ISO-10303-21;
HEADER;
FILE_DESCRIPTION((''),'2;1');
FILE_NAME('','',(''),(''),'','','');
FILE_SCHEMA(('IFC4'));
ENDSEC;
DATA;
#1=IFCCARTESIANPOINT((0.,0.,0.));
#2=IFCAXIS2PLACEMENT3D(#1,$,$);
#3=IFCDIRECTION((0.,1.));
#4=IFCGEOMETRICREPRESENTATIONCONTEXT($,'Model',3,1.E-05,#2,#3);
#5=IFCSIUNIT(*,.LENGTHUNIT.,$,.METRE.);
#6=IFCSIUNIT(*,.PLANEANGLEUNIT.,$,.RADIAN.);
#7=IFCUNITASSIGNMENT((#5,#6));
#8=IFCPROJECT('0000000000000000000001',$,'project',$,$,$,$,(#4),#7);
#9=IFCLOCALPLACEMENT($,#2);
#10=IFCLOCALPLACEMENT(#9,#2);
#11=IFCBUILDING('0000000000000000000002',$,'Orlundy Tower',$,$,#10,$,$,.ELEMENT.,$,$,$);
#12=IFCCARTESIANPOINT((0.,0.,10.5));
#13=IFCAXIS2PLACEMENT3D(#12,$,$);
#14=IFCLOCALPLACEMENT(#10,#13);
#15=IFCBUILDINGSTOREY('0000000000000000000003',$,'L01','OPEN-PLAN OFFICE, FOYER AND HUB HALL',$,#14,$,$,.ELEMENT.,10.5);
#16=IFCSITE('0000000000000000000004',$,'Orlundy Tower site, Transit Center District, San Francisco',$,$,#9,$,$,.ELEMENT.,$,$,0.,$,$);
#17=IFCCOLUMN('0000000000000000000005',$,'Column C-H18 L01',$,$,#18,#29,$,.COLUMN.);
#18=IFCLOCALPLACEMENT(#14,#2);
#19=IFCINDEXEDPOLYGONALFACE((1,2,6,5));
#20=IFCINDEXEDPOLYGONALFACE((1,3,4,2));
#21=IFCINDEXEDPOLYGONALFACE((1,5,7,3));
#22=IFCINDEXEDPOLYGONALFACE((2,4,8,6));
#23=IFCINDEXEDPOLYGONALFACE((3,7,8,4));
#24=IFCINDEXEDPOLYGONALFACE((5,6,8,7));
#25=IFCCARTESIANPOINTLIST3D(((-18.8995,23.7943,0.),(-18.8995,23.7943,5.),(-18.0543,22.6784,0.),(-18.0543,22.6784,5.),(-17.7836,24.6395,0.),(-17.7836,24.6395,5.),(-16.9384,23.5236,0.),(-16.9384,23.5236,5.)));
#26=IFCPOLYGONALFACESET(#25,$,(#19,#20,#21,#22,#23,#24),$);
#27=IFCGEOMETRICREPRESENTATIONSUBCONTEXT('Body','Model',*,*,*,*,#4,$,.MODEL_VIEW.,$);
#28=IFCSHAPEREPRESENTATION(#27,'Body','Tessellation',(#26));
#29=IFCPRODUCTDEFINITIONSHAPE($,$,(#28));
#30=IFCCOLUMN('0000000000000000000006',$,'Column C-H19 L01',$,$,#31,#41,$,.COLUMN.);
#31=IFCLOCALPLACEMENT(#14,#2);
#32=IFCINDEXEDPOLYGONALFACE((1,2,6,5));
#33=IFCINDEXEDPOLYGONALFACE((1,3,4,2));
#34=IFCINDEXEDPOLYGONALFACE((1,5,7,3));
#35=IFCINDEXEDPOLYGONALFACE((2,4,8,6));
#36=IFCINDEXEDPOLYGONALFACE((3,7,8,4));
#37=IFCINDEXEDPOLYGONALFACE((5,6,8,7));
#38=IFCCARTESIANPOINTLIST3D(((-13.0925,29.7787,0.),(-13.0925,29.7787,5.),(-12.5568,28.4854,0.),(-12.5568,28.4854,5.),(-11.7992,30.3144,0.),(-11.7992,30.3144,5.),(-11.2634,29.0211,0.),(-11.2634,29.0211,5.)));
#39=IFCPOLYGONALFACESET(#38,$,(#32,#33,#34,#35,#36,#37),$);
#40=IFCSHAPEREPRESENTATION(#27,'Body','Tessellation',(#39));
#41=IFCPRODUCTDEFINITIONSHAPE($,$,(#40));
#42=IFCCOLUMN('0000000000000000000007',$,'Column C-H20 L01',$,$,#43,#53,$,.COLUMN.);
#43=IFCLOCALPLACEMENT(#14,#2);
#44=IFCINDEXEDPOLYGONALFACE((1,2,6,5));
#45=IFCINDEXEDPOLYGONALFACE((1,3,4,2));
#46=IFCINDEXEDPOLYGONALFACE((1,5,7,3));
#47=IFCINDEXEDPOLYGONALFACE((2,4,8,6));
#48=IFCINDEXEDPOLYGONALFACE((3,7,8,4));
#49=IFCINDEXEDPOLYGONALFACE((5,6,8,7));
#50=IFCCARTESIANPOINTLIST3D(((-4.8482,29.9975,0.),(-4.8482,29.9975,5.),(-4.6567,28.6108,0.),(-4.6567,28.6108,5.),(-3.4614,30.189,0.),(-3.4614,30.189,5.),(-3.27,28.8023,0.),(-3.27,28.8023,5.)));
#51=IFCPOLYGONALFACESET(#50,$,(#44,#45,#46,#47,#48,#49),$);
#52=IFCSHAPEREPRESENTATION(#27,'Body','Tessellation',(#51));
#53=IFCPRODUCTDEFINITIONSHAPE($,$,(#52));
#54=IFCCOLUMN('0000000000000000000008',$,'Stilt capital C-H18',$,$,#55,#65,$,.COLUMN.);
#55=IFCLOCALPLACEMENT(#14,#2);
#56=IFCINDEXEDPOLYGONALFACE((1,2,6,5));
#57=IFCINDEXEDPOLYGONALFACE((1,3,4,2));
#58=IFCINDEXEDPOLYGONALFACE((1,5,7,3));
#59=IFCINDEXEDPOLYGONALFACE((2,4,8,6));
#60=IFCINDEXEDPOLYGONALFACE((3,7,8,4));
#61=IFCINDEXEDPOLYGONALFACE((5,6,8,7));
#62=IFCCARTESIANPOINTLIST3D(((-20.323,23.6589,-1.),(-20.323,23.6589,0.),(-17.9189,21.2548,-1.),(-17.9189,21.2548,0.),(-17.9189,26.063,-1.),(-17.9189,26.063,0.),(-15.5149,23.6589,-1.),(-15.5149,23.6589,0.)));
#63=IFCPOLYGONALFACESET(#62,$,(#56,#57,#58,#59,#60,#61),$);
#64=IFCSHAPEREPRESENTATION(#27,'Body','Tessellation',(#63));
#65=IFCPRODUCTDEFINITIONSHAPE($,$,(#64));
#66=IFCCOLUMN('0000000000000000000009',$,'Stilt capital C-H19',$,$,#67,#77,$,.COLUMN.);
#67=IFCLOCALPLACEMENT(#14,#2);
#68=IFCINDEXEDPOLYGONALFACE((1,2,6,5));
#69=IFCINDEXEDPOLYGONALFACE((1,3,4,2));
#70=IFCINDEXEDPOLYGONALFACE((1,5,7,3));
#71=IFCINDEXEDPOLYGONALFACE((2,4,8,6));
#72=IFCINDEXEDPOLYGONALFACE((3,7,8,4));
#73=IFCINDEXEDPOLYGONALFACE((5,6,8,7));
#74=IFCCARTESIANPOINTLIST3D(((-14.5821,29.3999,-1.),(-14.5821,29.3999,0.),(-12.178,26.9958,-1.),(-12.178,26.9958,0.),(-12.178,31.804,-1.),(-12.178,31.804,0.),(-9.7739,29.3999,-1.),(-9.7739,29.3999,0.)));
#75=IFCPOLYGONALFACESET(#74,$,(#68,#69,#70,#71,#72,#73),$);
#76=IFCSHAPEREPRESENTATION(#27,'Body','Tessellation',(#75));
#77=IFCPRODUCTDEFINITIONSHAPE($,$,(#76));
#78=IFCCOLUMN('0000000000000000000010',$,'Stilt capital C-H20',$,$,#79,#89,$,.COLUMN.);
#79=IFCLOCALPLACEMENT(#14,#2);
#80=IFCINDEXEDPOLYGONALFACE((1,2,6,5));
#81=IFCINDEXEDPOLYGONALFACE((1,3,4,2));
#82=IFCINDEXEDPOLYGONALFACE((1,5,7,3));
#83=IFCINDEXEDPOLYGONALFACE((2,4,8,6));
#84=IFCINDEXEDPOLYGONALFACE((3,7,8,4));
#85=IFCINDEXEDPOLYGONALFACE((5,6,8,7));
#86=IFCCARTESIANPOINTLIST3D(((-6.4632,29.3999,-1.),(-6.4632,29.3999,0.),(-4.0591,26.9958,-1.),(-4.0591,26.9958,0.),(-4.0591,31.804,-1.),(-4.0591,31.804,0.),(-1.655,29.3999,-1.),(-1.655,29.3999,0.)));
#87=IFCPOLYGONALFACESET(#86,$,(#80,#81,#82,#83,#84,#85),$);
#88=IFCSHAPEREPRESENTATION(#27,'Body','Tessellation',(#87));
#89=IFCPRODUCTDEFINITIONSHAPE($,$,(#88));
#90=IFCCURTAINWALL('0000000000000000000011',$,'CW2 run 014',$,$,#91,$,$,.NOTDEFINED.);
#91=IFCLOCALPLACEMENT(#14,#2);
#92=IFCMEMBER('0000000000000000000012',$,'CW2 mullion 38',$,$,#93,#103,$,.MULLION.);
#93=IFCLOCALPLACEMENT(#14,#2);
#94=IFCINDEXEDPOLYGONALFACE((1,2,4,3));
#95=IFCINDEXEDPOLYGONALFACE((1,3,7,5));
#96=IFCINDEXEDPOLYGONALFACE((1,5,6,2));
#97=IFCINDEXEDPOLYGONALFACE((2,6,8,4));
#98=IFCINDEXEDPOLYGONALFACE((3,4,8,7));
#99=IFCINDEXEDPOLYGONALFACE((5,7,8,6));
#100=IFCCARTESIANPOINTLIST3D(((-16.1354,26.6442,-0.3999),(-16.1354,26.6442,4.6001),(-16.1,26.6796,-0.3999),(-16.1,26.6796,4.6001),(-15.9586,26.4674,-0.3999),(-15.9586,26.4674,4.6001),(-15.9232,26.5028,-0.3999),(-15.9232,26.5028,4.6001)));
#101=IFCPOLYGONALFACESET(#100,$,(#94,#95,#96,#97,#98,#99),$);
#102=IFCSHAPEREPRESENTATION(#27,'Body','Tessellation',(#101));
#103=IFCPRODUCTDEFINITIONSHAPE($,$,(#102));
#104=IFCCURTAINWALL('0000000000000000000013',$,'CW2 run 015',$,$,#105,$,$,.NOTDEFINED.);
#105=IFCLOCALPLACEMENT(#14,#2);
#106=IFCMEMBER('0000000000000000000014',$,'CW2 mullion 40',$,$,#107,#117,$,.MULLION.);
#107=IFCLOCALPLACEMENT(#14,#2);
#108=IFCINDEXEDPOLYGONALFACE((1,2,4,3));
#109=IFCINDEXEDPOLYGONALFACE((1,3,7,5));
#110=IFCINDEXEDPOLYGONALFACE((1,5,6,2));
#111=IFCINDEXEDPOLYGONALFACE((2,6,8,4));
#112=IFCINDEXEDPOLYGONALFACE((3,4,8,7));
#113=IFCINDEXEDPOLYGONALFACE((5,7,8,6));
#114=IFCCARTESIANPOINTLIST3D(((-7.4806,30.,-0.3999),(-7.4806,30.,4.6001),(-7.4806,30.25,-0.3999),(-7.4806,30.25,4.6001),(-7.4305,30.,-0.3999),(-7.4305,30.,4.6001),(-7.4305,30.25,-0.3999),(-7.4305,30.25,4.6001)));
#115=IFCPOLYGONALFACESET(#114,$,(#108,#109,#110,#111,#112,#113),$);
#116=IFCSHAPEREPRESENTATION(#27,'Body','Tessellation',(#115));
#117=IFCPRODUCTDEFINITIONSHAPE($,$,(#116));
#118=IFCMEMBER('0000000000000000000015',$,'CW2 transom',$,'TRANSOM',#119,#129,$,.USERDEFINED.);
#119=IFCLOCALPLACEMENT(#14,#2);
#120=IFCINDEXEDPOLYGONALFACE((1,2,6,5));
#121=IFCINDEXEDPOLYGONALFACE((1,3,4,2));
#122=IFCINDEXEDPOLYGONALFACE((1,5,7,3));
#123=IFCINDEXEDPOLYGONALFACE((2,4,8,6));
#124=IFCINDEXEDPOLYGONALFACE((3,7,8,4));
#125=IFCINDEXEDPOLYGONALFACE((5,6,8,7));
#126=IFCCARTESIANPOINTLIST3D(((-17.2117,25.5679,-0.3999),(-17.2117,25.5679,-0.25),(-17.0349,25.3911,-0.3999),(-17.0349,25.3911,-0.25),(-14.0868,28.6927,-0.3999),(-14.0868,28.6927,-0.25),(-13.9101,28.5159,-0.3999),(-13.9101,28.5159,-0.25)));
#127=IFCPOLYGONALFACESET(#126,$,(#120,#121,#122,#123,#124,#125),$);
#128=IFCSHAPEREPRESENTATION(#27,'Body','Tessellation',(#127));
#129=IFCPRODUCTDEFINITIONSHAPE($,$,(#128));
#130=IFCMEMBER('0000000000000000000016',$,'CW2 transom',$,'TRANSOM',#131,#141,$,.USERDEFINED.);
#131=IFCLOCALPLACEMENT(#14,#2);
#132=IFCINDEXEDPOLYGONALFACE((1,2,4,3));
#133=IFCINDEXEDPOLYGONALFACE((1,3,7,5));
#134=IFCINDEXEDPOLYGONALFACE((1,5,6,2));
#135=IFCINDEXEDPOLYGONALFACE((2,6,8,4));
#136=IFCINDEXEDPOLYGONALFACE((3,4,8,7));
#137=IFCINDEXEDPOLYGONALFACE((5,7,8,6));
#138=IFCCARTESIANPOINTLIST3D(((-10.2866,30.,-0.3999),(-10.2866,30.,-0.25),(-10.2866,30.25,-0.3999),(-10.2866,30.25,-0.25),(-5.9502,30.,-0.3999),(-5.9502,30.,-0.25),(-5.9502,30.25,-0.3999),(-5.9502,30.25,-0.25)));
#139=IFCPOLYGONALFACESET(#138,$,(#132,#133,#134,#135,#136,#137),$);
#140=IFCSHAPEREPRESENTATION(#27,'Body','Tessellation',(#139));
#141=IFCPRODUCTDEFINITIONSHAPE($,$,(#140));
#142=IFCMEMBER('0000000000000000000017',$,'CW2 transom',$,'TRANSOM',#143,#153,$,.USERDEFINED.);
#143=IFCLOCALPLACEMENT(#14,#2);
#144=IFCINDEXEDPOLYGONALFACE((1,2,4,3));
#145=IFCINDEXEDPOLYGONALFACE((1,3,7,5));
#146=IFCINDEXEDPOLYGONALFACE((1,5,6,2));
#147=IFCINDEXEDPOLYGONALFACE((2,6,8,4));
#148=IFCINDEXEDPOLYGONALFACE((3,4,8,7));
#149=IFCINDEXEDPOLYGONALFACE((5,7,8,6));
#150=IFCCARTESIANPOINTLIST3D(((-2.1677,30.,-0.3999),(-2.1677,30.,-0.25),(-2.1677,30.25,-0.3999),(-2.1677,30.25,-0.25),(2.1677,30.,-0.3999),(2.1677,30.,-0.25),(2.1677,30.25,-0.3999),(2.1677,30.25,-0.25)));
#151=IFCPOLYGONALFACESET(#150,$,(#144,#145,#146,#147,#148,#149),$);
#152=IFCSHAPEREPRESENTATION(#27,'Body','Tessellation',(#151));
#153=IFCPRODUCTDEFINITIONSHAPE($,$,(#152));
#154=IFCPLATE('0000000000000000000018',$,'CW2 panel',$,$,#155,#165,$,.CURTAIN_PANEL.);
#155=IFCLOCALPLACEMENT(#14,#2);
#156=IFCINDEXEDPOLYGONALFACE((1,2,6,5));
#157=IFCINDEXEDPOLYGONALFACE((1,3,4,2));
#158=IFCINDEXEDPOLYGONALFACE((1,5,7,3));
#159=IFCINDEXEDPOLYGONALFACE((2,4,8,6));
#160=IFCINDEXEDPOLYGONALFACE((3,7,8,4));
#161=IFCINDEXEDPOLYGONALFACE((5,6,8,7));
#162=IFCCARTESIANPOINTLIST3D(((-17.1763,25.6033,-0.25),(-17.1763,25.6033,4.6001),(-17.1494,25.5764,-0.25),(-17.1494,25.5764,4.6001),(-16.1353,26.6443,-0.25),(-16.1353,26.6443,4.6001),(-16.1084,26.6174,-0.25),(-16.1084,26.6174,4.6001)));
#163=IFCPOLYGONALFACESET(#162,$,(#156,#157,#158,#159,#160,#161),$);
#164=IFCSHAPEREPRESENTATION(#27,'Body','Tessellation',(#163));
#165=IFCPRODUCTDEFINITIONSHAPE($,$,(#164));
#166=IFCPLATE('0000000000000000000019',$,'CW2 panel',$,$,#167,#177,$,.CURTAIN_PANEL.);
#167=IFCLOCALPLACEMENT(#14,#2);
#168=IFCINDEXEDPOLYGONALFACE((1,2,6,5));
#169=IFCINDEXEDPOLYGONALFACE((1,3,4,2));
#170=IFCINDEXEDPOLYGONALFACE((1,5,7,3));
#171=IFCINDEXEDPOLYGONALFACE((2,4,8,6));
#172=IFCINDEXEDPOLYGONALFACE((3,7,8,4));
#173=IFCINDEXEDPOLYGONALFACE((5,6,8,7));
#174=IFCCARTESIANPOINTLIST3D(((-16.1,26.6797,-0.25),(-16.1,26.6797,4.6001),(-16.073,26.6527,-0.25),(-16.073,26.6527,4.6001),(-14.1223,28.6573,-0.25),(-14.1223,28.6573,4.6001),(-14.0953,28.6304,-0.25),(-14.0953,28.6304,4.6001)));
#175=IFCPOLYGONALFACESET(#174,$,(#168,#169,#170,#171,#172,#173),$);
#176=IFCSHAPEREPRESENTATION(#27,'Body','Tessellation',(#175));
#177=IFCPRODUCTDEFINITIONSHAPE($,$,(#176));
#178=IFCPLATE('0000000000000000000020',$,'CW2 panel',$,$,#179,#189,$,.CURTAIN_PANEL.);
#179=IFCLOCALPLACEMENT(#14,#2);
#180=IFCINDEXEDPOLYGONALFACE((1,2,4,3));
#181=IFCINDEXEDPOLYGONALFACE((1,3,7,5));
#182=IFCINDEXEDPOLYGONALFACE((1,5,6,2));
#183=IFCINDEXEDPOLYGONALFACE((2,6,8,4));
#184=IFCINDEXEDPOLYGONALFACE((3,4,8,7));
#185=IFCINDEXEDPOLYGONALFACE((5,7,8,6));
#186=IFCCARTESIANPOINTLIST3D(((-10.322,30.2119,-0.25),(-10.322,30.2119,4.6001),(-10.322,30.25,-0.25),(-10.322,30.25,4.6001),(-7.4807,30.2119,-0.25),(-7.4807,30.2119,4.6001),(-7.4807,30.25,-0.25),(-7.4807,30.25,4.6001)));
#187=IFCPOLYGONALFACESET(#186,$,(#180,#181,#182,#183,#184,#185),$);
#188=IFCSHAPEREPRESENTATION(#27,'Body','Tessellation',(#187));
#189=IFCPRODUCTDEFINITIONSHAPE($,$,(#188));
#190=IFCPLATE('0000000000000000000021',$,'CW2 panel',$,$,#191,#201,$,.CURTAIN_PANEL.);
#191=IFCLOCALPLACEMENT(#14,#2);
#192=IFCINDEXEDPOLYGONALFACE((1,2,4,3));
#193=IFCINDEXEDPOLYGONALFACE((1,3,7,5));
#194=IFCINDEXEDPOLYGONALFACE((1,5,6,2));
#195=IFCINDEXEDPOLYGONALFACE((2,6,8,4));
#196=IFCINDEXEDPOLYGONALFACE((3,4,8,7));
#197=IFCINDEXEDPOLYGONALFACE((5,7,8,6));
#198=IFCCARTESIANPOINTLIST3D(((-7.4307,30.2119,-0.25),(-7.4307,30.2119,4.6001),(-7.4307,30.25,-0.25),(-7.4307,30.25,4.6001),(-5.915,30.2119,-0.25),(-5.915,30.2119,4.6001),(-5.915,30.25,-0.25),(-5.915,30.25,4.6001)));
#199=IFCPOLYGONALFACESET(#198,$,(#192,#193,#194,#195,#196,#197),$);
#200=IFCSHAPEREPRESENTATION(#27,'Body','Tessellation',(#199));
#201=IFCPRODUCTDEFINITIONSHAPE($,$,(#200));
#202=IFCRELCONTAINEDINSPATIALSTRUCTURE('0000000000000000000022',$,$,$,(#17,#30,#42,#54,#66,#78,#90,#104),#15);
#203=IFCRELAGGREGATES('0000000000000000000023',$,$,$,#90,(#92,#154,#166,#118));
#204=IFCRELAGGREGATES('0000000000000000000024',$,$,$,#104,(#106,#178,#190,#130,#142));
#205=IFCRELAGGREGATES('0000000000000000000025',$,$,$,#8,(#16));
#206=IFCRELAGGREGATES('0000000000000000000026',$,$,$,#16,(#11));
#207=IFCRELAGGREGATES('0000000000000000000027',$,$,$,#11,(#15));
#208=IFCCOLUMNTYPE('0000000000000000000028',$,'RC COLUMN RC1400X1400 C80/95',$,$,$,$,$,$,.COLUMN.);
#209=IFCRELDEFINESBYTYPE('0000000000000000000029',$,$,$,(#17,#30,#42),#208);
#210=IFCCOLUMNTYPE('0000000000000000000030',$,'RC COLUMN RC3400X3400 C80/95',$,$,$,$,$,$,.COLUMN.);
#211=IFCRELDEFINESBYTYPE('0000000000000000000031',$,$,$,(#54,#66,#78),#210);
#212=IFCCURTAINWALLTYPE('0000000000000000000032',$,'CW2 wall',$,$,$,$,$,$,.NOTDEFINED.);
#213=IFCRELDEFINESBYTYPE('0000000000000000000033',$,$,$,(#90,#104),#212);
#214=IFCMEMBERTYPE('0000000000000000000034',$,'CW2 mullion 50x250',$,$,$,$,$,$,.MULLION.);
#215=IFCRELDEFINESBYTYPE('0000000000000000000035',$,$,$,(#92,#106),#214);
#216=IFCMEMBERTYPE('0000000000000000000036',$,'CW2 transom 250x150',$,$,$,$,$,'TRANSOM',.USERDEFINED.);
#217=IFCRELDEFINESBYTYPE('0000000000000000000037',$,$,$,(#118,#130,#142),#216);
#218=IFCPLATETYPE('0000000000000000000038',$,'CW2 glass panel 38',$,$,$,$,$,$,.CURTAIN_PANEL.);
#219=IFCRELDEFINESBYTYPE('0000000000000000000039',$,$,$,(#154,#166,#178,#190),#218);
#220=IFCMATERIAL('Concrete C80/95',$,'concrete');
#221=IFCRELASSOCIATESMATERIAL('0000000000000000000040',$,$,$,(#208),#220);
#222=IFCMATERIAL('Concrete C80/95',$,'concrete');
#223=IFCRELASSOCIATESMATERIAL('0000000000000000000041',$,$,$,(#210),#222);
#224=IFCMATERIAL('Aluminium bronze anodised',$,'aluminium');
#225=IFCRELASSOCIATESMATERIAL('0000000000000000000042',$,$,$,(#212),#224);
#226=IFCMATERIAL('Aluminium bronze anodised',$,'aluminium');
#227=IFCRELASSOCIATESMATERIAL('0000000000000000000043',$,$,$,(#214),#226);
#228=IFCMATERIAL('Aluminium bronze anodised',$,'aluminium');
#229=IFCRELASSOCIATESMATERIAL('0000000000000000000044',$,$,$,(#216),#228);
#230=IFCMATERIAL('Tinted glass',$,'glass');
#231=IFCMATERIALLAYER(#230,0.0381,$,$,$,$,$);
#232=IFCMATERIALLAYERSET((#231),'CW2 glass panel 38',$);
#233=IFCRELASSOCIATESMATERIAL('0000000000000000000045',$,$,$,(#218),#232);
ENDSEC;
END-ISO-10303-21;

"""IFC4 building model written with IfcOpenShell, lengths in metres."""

from ifc_helpers import new_model, si_unit, direction, frame, origin, origin_2d, place, context, subcontext, project, spatial, rectangle, extrude, material, layer, layer_set, material_profile, profile_set, type_object, element, aggregate, save


model = new_model("IFC4")

# Units and contexts
model_context = context("Model", 3, precision=1e-05, world=origin(), true_north=direction((0.0, 1.0)))
body_context = subcontext(model_context, "Body", "Model", "MODEL_VIEW")
ifc_project = project(units=[si_unit("LENGTHUNIT", "METRE"), si_unit("PLANEANGLEUNIT", "RADIAN")], contexts=[model_context])

# Site, building, storey
site_placement = place(None, origin())
site = spatial("IfcSite", under=ifc_project, at=site_placement, Name="Orlundy Tower site, Transit Center District, San Francisco", CompositionType="ELEMENT", RefElevation=0.0)
building_placement = place(site_placement, origin())
building = spatial("IfcBuilding", under=site, at=building_placement, Name="Orlundy Tower", CompositionType="ELEMENT")
storey_placement = place(building_placement, frame((0.0, 0.0, 10.5)))
storey = spatial("IfcBuildingStorey", under=building, at=storey_placement, Name="L01", Description="OPEN-PLAN OFFICE, FOYER AND HUB HALL", CompositionType="ELEMENT", Elevation=10.5)

# Columns
ifc_material_1 = material(Name="Concrete C80/95", Category="concrete")
ifc_material_profile_1 = material_profile(ifc_material_1, rectangle(XDim=1.3999, YDim=1.3999, at=origin_2d()), Name="RC1400X1400")
ifc_profile_set_1 = profile_set([ifc_material_profile_1], Name="Concrete C80/95")
column_type_1 = type_object("IfcColumnType", Name="RC COLUMN RC1400X1400 C80/95", PredefinedType="COLUMN", material=ifc_profile_set_1)
for number, where, z_axis, x_axis, name in (
    (1, (-17.9189, 23.6589, 0.0), (0.0, 0.0, 1.0), (-0.603765, 0.797163, 0.0), "Column C-H18 L01"),
    (2, (-12.178, 29.3999, 0.0), (0.0, 0.0, 1.0), (-0.382683, 0.92388, 0.0), "Column C-H19 L01"),
    (3, (-4.0591, 29.3999, 0.0), (0.0, 0.0, 1.0), (-0.13677, 0.990603, 0.0), "Column C-H20 L01"),
):
    element("IfcColumn", number, at=place(storey_placement, frame(where, z_axis=z_axis, x_axis=x_axis)), inside=storey, type_object=column_type_1, Name=name, PredefinedType="COLUMN", context=body_context, shape_type="SweptSolid", body=[
        extrude(rectangle(XDim=1.3999, YDim=1.3999, at=origin_2d()), origin(), (0.0, 0.0, 1.0), 5.0),
    ])
ifc_material_2 = material(Name="Concrete C80/95", Category="concrete")
ifc_material_profile_2 = material_profile(ifc_material_2, rectangle(XDim=3.3999, YDim=3.3999, at=origin_2d()), Name="RC3400X3400")
ifc_profile_set_2 = profile_set([ifc_material_profile_2], Name="Concrete C80/95")
column_type_2 = type_object("IfcColumnType", Name="RC COLUMN RC3400X3400 C80/95", PredefinedType="COLUMN", material=ifc_profile_set_2)
for number, where, z_axis, x_axis, name in (
    (4, (-17.9189, 23.6589, -1.0), (0.0, 0.0, 1.0), (0.707107, 0.707107, 0.0), "Stilt capital C-H18"),
    (5, (-12.178, 29.3999, -1.0), (0.0, 0.0, 1.0), (0.707107, 0.707107, 0.0), "Stilt capital C-H19"),
    (6, (-4.0591, 29.3999, -1.0), (0.0, 0.0, 1.0), (0.707107, 0.707107, 0.0), "Stilt capital C-H20"),
):
    element("IfcColumn", number, at=place(storey_placement, frame(where, z_axis=z_axis, x_axis=x_axis)), inside=storey, type_object=column_type_2, Name=name, PredefinedType="COLUMN", context=body_context, shape_type="SweptSolid", body=[
        extrude(rectangle(XDim=3.3999, YDim=3.3999, at=origin_2d()), origin(), (0.0, 0.0, 1.0), 1.0),
    ])

# Curtain walls, members
ifc_material_3 = material(Name="Aluminium bronze anodised", Category="aluminium")
curtain_wall_type = type_object("IfcCurtainWallType", Name="CW2 wall", PredefinedType="NOTDEFINED", material=ifc_material_3)
curtain_wall_1_placement = place(storey_placement, origin())
curtain_wall_1 = element("IfcCurtainWall", 7, at=curtain_wall_1_placement, inside=storey, type_object=curtain_wall_type, Name="CW2 run 014", PredefinedType="NOTDEFINED")
ifc_material_4 = material(Name="Aluminium bronze anodised", Category="aluminium")
ifc_material_profile_3 = material_profile(ifc_material_4, rectangle(XDim=0.25, YDim=0.05, at=origin_2d()), Name="CW2 mullion 50x250")
ifc_profile_set_3 = profile_set([ifc_material_profile_3], Name="Aluminium bronze anodised")
member_type_1 = type_object("IfcMemberType", Name="CW2 mullion 50x250", PredefinedType="MULLION", material=ifc_profile_set_3)
member_1_placement = place(storey_placement, frame((-16.0293, 26.5735, -0.3999), z_axis=(0.0, 0.0, 1.0), x_axis=(-0.707107, 0.707107, 0.0)))
member_1 = element("IfcMember", 8, at=member_1_placement, type_object=member_type_1, Name="CW2 mullion 38", PredefinedType="MULLION", context=body_context, shape_type="SweptSolid", body=[
    extrude(rectangle(XDim=0.25, YDim=0.05, at=origin_2d()), origin(), (0.0, 0.0, 1.0), 5.0),
])
curtain_wall_2_placement = place(storey_placement, origin())
curtain_wall_2 = element("IfcCurtainWall", 9, at=curtain_wall_2_placement, inside=storey, type_object=curtain_wall_type, Name="CW2 run 015", PredefinedType="NOTDEFINED")
member_2_placement = place(storey_placement, frame((-7.4556, 30.125, -0.3999), z_axis=(0.0, 0.0, 1.0), x_axis=(0.0, 1.0, 0.0)))
member_2 = element("IfcMember", 10, at=member_2_placement, type_object=member_type_1, Name="CW2 mullion 40", PredefinedType="MULLION", context=body_context, shape_type="SweptSolid", body=[
    extrude(rectangle(XDim=0.25, YDim=0.05, at=origin_2d()), origin(), (0.0, 0.0, 1.0), 5.0),
])

# Members
ifc_material_5 = material(Name="Aluminium bronze anodised", Category="aluminium")
ifc_material_profile_4 = material_profile(ifc_material_5, rectangle(XDim=0.25, YDim=0.1499, at=origin_2d()), Name="CW2 transom 250x150")
ifc_profile_set_4 = profile_set([ifc_material_profile_4], Name="Aluminium bronze anodised")
member_type_2 = type_object("IfcMemberType", Name="CW2 transom 250x150", ElementType="TRANSOM", PredefinedType="USERDEFINED", material=ifc_profile_set_4)
member_3_placement = place(storey_placement, frame((-17.1233, 25.4795, -0.325), z_axis=(0.707107, 0.707107, 0.0), x_axis=(-0.707107, 0.707107, 0.0)))
member_3 = element("IfcMember", 11, at=member_3_placement, type_object=member_type_2, Name="CW2 transom", ObjectType="TRANSOM", PredefinedType="USERDEFINED", context=body_context, shape_type="SweptSolid", body=[
    extrude(rectangle(XDim=0.25, YDim=0.1499, at=origin_2d()), origin(), (0.0, 0.0, 1.0), 4.4192),
])
member_4_placement = place(storey_placement, frame((-10.2866, 30.125, -0.325), z_axis=(1.0, 0.0, 0.0), x_axis=(0.0, 1.0, 0.0)))
member_4 = element("IfcMember", 12, at=member_4_placement, type_object=member_type_2, Name="CW2 transom", ObjectType="TRANSOM", PredefinedType="USERDEFINED", context=body_context, shape_type="SweptSolid", body=[
    extrude(rectangle(XDim=0.25, YDim=0.1499, at=origin_2d()), origin(), (0.0, 0.0, 1.0), 4.3364),
])
member_5_placement = place(storey_placement, frame((-2.1677, 30.125, -0.325), z_axis=(1.0, 0.0, 0.0), x_axis=(0.0, 1.0, 0.0)))
member_5 = element("IfcMember", 13, at=member_5_placement, type_object=member_type_2, Name="CW2 transom", ObjectType="TRANSOM", PredefinedType="USERDEFINED", context=body_context, shape_type="SweptSolid", body=[
    extrude(rectangle(XDim=0.25, YDim=0.1499, at=origin_2d()), origin(), (0.0, 0.0, 1.0), 4.3354),
])

# Plates
ifc_material_6 = material(Name="Tinted glass", Category="glass")
ifc_layer = layer(ifc_material_6, 0.0381)
ifc_layer_set = layer_set([ifc_layer], Name="CW2 glass panel 38")
plate_type = type_object("IfcPlateType", Name="CW2 glass panel 38", PredefinedType="CURTAIN_PANEL", material=ifc_layer_set)
plate_1_placement = place(storey_placement, frame((-16.6423, 26.1104, -0.25), z_axis=(0.0, 0.0, 1.0), x_axis=(0.707107, 0.707107, 0.0)))
plate_1 = element("IfcPlate", 14, at=plate_1_placement, type_object=plate_type, Name="CW2 panel", PredefinedType="CURTAIN_PANEL", context=body_context, shape_type="SweptSolid", body=[
    extrude(rectangle(XDim=1.4722, YDim=0.0381, at=origin_2d()), origin(), (0.0, 0.0, 1.0), 4.8501),
])
plate_2_placement = place(storey_placement, frame((-15.0977, 27.655, -0.25), z_axis=(0.0, 0.0, 1.0), x_axis=(0.707107, 0.707107, 0.0)))
plate_2 = element("IfcPlate", 15, at=plate_2_placement, type_object=plate_type, Name="CW2 panel", PredefinedType="CURTAIN_PANEL", context=body_context, shape_type="SweptSolid", body=[
    extrude(rectangle(XDim=2.7969, YDim=0.0381, at=origin_2d()), origin(), (0.0, 0.0, 1.0), 4.8501),
])
aggregate(curtain_wall_1, [member_1, plate_1, plate_2, member_3])
plate_3_placement = place(storey_placement, frame((-8.9014, 30.231, -0.25), z_axis=(0.0, 0.0, 1.0), x_axis=(1.0, 0.0, 0.0)))
plate_3 = element("IfcPlate", 16, at=plate_3_placement, type_object=plate_type, Name="CW2 panel", PredefinedType="CURTAIN_PANEL", context=body_context, shape_type="SweptSolid", body=[
    extrude(rectangle(XDim=2.8413, YDim=0.0381, at=origin_2d()), origin(), (0.0, 0.0, 1.0), 4.8501),
])
plate_4_placement = place(storey_placement, frame((-6.6729, 30.231, -0.25), z_axis=(0.0, 0.0, 1.0), x_axis=(1.0, 0.0, 0.0)))
plate_4 = element("IfcPlate", 17, at=plate_4_placement, type_object=plate_type, Name="CW2 panel", PredefinedType="CURTAIN_PANEL", context=body_context, shape_type="SweptSolid", body=[
    extrude(rectangle(XDim=1.5156, YDim=0.0381, at=origin_2d()), origin(), (0.0, 0.0, 1.0), 4.8501),
])
aggregate(curtain_wall_2, [member_2, plate_3, plate_4, member_4, member_5])

save(model, "model.ifc")
